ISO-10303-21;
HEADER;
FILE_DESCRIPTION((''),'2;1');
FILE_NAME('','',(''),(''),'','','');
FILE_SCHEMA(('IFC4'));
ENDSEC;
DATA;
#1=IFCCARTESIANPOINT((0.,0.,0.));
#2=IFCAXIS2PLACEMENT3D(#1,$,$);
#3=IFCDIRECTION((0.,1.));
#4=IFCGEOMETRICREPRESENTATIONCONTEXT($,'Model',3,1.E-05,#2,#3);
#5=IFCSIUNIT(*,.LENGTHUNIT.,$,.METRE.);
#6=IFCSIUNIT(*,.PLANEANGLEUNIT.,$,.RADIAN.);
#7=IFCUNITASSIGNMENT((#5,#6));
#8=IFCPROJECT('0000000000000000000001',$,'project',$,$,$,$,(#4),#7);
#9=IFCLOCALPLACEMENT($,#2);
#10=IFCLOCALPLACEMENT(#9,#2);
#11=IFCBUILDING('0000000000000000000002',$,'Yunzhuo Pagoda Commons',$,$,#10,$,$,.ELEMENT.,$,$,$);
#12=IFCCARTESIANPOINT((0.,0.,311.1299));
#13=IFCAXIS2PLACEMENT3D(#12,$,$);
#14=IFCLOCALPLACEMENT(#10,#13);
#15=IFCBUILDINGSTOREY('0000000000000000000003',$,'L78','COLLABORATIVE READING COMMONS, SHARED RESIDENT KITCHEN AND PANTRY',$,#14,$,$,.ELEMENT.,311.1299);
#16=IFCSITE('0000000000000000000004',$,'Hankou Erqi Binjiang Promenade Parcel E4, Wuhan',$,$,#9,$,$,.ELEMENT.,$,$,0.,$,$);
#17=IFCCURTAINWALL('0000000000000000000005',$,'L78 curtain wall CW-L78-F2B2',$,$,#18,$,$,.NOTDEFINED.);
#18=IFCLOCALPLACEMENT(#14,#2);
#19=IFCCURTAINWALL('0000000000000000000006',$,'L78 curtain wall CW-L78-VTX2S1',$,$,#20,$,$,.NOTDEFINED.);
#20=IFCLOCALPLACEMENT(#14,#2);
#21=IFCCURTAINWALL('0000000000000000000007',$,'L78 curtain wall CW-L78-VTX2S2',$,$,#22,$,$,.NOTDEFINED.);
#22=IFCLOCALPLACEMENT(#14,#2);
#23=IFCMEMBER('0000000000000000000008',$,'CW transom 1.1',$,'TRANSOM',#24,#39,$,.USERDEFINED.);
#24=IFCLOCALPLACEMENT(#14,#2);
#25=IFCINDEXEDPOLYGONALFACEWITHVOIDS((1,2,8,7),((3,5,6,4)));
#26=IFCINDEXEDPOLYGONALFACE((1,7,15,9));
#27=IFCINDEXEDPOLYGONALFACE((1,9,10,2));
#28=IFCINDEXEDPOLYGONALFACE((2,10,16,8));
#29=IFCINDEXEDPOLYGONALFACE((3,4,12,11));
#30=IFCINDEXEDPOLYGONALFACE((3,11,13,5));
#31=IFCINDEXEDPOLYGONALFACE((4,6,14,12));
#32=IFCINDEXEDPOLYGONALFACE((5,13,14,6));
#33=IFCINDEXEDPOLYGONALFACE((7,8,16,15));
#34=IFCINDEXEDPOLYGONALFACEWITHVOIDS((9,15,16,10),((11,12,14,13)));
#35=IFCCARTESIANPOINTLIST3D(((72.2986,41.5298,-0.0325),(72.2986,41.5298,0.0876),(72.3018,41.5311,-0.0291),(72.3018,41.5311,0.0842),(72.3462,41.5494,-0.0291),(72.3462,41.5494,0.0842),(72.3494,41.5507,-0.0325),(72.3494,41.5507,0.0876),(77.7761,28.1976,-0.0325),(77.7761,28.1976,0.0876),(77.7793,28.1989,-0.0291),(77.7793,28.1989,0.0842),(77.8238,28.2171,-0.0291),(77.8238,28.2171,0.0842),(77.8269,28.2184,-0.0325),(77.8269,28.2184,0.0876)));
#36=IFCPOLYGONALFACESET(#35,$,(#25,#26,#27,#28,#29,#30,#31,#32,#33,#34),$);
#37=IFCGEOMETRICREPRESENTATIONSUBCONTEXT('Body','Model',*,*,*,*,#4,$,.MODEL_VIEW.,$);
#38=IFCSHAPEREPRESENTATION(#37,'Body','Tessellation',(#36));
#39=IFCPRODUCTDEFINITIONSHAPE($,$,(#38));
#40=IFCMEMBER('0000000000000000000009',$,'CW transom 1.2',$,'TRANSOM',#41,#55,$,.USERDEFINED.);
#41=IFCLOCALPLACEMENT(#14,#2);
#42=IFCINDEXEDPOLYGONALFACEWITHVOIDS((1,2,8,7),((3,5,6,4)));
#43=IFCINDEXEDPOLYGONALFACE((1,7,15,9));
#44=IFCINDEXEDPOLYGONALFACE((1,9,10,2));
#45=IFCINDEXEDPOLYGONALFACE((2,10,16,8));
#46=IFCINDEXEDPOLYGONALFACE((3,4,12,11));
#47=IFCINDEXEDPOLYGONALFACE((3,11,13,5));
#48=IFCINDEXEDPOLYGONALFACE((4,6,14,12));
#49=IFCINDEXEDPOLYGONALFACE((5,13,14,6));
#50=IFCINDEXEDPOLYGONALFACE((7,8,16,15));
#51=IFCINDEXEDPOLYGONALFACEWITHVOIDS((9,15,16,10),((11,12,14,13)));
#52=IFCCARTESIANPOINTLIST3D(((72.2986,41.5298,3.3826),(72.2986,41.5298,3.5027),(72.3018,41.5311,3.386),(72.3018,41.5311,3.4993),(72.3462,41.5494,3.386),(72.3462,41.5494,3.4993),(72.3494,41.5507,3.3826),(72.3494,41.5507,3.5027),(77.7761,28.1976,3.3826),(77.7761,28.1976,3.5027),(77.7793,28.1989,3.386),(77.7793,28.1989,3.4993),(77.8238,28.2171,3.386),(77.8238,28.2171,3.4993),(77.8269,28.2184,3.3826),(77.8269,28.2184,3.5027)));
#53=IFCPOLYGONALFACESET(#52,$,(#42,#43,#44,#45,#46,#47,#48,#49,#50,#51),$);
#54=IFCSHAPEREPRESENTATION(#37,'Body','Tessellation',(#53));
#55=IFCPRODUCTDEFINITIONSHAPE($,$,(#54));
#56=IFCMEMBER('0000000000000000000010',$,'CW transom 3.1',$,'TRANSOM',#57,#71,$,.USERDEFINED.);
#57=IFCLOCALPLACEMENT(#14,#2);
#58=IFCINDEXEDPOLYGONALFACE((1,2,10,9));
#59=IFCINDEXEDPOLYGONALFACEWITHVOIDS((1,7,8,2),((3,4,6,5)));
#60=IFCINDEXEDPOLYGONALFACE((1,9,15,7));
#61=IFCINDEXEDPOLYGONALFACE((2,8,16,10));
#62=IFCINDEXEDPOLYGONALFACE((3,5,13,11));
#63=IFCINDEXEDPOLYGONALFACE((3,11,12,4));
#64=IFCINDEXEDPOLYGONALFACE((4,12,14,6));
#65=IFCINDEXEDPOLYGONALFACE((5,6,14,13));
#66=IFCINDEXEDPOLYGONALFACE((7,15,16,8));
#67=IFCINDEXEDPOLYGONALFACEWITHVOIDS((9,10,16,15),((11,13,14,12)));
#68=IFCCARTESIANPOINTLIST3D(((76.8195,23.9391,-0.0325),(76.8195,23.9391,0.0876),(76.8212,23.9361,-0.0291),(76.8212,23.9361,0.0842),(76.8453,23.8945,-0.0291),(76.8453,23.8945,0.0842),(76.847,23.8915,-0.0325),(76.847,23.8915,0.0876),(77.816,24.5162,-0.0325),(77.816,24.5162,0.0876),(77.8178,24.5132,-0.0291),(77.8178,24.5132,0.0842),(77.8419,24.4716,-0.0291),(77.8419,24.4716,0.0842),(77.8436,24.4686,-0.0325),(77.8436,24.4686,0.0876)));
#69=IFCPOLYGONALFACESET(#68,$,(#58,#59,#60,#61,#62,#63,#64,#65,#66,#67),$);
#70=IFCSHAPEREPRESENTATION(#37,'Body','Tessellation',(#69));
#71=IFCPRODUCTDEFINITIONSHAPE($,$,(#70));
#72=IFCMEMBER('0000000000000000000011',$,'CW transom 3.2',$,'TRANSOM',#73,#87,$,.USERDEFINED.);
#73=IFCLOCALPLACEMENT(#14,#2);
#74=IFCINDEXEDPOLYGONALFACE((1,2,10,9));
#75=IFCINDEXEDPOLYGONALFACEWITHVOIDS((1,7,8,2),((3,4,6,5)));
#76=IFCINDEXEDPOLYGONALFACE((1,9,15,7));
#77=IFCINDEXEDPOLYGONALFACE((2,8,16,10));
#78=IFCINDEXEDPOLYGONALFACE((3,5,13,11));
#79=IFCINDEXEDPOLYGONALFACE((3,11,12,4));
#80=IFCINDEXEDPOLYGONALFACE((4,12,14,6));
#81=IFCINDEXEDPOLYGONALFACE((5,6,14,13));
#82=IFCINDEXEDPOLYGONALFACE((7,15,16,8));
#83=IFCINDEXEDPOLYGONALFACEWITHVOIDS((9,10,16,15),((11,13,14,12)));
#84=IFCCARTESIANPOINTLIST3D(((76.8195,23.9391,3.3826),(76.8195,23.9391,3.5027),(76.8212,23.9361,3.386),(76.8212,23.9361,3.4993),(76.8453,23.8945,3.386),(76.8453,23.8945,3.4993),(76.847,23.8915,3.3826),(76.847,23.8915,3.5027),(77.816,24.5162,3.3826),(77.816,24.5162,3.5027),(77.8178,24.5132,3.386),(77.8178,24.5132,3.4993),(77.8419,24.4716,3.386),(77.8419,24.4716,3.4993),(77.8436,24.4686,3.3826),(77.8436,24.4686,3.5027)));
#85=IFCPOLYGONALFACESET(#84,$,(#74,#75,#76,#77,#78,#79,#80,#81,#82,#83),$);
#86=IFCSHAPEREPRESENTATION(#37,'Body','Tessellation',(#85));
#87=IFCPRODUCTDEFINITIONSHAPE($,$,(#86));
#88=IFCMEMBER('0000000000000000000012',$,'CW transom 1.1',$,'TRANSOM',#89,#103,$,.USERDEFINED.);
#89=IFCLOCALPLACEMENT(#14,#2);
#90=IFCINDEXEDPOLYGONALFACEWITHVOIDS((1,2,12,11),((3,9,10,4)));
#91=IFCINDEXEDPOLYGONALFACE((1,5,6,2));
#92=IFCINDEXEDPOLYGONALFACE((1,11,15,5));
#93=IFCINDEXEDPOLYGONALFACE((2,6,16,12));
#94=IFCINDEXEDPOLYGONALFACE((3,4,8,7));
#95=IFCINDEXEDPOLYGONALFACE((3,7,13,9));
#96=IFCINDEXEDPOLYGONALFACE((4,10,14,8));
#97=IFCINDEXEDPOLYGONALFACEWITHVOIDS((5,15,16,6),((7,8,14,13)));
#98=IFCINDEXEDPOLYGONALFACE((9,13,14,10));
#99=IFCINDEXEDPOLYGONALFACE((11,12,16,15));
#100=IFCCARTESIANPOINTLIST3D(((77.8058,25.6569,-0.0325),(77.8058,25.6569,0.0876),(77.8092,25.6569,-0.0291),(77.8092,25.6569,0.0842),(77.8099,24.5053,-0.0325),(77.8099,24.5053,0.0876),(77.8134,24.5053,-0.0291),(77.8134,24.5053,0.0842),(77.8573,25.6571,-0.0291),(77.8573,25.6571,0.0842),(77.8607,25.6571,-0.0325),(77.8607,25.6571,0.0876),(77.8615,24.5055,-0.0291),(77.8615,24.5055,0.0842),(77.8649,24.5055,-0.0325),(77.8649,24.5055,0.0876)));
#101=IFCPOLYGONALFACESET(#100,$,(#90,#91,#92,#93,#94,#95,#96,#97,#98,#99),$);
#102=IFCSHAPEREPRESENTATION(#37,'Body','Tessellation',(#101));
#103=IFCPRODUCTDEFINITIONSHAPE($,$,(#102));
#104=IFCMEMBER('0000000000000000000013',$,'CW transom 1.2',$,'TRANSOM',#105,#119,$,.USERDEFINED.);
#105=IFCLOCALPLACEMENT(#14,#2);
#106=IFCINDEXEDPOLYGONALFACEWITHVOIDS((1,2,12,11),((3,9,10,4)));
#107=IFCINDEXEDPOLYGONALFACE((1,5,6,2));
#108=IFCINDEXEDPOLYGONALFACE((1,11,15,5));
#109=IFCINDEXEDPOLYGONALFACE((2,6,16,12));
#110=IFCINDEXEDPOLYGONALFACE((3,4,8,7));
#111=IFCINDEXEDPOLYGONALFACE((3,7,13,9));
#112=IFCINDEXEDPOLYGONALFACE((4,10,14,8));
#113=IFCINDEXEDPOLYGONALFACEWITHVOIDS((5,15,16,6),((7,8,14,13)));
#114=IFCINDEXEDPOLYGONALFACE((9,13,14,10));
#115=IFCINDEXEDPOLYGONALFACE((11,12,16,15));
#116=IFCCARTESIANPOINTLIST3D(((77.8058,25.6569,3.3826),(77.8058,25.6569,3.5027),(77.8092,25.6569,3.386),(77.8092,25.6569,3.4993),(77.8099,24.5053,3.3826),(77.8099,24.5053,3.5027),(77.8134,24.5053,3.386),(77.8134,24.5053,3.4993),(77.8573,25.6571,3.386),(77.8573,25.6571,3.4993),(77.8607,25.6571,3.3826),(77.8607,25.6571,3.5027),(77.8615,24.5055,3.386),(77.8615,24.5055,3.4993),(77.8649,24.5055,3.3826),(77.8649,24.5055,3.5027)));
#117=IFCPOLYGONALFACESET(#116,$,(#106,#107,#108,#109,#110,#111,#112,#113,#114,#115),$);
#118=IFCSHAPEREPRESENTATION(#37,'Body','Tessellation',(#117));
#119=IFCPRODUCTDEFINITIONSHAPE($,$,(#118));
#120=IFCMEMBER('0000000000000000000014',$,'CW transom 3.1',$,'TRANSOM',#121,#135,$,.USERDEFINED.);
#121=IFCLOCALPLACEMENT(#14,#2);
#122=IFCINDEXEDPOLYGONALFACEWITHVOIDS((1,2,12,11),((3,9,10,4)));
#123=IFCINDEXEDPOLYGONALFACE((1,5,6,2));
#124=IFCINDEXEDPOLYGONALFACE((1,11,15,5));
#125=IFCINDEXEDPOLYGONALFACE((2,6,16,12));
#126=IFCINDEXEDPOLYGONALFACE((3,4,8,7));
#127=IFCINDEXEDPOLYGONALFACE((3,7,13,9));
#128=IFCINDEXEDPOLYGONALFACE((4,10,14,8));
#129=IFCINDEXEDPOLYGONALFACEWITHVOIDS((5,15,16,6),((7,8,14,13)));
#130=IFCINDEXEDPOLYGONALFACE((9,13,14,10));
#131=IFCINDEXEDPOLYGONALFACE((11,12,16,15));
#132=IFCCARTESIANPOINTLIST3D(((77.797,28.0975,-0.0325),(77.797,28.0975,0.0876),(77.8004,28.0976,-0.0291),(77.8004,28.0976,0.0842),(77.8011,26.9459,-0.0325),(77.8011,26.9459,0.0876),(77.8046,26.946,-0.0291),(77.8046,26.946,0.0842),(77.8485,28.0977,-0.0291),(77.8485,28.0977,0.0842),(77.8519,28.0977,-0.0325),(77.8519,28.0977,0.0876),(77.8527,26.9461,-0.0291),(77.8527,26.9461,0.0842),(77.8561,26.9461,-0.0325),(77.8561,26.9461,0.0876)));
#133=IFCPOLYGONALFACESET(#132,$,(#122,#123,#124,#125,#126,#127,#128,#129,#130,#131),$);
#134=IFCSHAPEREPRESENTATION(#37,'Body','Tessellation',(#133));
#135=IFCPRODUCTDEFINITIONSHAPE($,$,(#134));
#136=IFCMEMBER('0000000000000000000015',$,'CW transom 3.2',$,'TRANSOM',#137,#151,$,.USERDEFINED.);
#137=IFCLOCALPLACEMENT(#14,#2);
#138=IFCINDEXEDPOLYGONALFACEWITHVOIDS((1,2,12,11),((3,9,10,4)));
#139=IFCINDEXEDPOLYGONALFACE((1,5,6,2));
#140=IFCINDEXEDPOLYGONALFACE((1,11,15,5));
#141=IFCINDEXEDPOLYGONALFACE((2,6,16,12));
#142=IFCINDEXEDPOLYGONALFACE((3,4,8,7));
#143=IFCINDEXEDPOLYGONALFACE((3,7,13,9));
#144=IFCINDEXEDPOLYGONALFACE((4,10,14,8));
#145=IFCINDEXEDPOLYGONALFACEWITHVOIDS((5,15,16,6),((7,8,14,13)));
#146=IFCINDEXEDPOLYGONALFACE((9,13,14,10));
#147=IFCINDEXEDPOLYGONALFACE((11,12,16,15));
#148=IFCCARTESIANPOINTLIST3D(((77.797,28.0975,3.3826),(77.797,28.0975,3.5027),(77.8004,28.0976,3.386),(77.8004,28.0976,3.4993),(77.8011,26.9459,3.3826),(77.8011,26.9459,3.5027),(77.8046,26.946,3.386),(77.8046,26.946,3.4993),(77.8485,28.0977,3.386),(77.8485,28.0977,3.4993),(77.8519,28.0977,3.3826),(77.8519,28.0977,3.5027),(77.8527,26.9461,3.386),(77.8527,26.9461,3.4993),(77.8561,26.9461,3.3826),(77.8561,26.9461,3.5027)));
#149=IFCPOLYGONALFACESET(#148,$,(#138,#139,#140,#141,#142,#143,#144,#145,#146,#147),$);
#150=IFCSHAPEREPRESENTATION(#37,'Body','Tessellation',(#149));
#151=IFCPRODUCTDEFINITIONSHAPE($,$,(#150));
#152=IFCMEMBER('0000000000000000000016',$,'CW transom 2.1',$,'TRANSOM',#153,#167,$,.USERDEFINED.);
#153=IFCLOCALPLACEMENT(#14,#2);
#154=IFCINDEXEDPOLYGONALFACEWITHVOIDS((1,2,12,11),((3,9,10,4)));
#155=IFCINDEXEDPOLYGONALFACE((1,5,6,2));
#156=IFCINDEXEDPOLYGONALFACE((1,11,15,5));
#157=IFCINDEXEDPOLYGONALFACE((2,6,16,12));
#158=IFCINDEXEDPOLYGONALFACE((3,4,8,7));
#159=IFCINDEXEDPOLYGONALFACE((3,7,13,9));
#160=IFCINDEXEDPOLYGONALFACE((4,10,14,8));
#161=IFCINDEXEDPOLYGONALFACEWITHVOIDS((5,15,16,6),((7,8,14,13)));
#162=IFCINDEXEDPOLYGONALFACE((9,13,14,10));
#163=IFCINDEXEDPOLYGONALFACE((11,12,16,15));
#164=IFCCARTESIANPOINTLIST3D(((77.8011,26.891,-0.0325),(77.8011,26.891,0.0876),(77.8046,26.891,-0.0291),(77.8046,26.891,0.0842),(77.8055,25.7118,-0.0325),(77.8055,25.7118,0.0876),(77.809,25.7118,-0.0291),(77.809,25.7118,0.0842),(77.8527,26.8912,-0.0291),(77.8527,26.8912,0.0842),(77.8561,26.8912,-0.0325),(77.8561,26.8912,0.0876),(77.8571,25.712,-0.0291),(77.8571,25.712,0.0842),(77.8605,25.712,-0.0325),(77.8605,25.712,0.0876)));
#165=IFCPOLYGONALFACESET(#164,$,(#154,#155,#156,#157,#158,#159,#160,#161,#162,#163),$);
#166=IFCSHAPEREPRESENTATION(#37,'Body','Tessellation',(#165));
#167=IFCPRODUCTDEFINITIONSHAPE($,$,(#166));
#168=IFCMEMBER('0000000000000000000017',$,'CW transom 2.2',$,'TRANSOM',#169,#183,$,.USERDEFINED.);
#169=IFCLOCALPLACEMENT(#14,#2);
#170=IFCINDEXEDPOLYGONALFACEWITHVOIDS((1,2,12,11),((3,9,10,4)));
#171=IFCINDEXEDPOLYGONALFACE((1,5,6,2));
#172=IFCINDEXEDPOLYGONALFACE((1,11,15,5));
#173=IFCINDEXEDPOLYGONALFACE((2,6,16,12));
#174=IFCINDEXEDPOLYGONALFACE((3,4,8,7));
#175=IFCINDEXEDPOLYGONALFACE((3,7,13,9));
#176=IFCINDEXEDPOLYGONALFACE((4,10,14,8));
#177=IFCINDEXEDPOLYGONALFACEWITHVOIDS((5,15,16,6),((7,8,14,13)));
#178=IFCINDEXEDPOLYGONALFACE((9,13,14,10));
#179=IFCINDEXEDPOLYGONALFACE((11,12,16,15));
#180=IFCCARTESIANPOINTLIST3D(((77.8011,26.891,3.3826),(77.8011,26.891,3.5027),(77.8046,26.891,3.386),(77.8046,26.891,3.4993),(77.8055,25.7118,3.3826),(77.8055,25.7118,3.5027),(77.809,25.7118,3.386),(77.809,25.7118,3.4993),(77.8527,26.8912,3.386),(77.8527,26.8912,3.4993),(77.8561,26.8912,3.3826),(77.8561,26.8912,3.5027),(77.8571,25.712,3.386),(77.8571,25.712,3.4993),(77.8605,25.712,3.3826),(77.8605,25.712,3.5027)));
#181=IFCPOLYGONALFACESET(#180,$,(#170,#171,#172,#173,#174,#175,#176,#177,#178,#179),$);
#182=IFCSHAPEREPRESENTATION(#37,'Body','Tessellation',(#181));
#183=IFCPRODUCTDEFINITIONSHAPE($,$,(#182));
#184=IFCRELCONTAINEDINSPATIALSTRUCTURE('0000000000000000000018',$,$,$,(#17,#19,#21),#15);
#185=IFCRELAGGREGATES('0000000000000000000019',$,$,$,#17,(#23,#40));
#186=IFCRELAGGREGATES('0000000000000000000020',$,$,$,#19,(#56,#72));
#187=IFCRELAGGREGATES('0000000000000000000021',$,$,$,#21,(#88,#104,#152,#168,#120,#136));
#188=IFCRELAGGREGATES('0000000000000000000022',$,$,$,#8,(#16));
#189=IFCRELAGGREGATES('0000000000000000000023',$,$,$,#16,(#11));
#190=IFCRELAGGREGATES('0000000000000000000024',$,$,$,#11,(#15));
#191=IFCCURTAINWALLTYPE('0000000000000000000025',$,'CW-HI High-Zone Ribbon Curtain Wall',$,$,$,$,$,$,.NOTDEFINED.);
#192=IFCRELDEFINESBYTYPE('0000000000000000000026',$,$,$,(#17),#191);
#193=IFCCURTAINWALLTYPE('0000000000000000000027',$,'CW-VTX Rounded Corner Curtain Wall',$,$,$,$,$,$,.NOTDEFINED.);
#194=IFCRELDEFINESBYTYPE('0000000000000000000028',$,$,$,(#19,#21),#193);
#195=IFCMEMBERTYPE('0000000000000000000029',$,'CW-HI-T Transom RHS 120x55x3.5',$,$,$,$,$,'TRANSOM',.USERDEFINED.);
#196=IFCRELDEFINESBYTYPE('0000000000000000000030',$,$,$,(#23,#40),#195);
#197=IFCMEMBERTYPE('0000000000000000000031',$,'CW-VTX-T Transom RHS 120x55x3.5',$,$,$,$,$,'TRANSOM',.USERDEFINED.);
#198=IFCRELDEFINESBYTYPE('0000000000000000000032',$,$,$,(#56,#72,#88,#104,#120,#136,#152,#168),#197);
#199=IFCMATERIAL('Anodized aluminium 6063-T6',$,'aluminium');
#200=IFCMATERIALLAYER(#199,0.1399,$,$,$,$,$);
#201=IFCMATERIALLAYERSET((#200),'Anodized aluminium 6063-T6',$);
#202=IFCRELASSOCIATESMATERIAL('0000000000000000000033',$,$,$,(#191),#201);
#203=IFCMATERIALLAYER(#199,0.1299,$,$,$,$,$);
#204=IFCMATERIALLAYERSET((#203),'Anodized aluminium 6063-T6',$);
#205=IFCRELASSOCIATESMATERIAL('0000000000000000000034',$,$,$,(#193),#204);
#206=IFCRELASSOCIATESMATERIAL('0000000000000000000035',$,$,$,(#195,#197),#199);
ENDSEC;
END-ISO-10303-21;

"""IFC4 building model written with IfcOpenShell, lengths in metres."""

from ifc_helpers import new_model, si_unit, direction, frame, origin, origin_2d, place, context, subcontext, project, spatial, hollow_rectangle, extrude, source, transform, mapped, material, layer, layer_set, material_profile, profile_set, type_object, element, aggregate, save


model = new_model("IFC4")

# Units and contexts
model_context = context("Model", 3, precision=1e-05, world=origin(), true_north=direction((0.0, 1.0)))
body_context = subcontext(model_context, "Body", "Model", "MODEL_VIEW")
ifc_project = project(units=[si_unit("LENGTHUNIT", "METRE"), si_unit("PLANEANGLEUNIT", "RADIAN")], contexts=[model_context])

# Site, building, storey
site_placement = place(None, origin())
site = spatial("IfcSite", under=ifc_project, at=site_placement, Name="Hankou Erqi Binjiang Promenade Parcel E4, Wuhan", CompositionType="ELEMENT", RefElevation=0.0)
building_placement = place(site_placement, origin())
building = spatial("IfcBuilding", under=site, at=building_placement, Name="Yunzhuo Pagoda Commons", CompositionType="ELEMENT")
storey_placement = place(building_placement, frame((0.0, 0.0, 311.1299)))
storey = spatial("IfcBuildingStorey", under=building, at=storey_placement, Name="L78", Description="COLLABORATIVE READING COMMONS, SHARED RESIDENT KITCHEN AND PANTRY", CompositionType="ELEMENT", Elevation=311.1299)

# Curtain walls
ifc_material_1 = material(Name="Anodized aluminium 6063-T6", Category="aluminium")
ifc_layer_1 = layer(ifc_material_1, 0.1399)
ifc_layer_set_1 = layer_set([ifc_layer_1], Name="Anodized aluminium 6063-T6")
curtain_wall_type_1 = type_object("IfcCurtainWallType", Name="CW-HI High-Zone Ribbon Curtain Wall", PredefinedType="NOTDEFINED", material=ifc_layer_set_1)
curtain_wall_1_placement = place(storey_placement, origin())
curtain_wall_1 = element("IfcCurtainWall", 1, at=curtain_wall_1_placement, inside=storey, type_object=curtain_wall_type_1, Name="L78 curtain wall CW-L78-F2B2", PredefinedType="NOTDEFINED")
ifc_layer_2 = layer(ifc_material_1, 0.1299)
ifc_layer_set_2 = layer_set([ifc_layer_2], Name="Anodized aluminium 6063-T6")
curtain_wall_type_2 = type_object("IfcCurtainWallType", Name="CW-VTX Rounded Corner Curtain Wall", PredefinedType="NOTDEFINED", material=ifc_layer_set_2)
curtain_wall_2_placement = place(storey_placement, origin())
curtain_wall_2 = element("IfcCurtainWall", 2, at=curtain_wall_2_placement, inside=storey, type_object=curtain_wall_type_2, Name="L78 curtain wall CW-L78-VTX2S1", PredefinedType="NOTDEFINED")

# Curtain wall
curtain_wall_3_placement = place(storey_placement, origin())
curtain_wall_3 = element("IfcCurtainWall", 3, at=curtain_wall_3_placement, inside=storey, type_object=curtain_wall_type_2, Name="L78 curtain wall CW-L78-VTX2S2", PredefinedType="NOTDEFINED")

# Members
ifc_material_profile_1 = material_profile(ifc_material_1, hollow_rectangle(XDim=0.0549, YDim=0.1201, WallThickness=0.0034, at=origin_2d()), Name="Anodized aluminium 6063-T6")
ifc_profile_set_1 = profile_set([ifc_material_profile_1], Name="Anodized aluminium 6063-T6")
member_type_1 = type_object("IfcMemberType", Name="CW-HI-T Transom RHS 120x55x3.5", ElementType="TRANSOM", PredefinedType="USERDEFINED", material=ifc_profile_set_1)
shared_shape_1 = source(origin(), body_context, "Body", "SweptSolid", [
    extrude(hollow_rectangle(XDim=0.0549, YDim=0.1201, WallThickness=0.0034, at=origin_2d()), origin(), (0.0, 0.0, 1.0), 14.4136),
])
member_1_placement = place(storey_placement, frame((77.8015, 28.208, 0.0276), z_axis=(-0.380025, 0.924976, 0.0), x_axis=(-0.924976, -0.380025, 0.0)))
member_1 = element("IfcMember", 4, at=member_1_placement, type_object=member_type_1, Name="CW transom 1.1", ObjectType="TRANSOM", PredefinedType="USERDEFINED", context=body_context, shape_type="MappedRepresentation", body=[
    mapped(shared_shape_1, transform((0.0, 0.0, 0.0), scale=1.0)),
])
member_2_placement = place(storey_placement, frame((77.8015, 28.208, 3.4426), z_axis=(-0.380025, 0.924976, 0.0), x_axis=(-0.924976, -0.380025, 0.0)))
member_2 = element("IfcMember", 5, at=member_2_placement, type_object=member_type_1, Name="CW transom 1.2", ObjectType="TRANSOM", PredefinedType="USERDEFINED", context=body_context, shape_type="MappedRepresentation", body=[
    mapped(shared_shape_1, transform((0.0, 0.0, 0.0), scale=1.0)),
])
ifc_material_profile_2 = material_profile(ifc_material_1, hollow_rectangle(XDim=0.0549, YDim=0.1201, WallThickness=0.0034, at=origin_2d()), Name="Anodized aluminium 6063-T6")
ifc_profile_set_2 = profile_set([ifc_material_profile_2], Name="Anodized aluminium 6063-T6")
member_type_2 = type_object("IfcMemberType", Name="CW-VTX-T Transom RHS 120x55x3.5", ElementType="TRANSOM", PredefinedType="USERDEFINED", material=ifc_profile_set_2)
shared_shape_2 = source(origin(), body_context, "Body", "SweptSolid", [
    extrude(hollow_rectangle(XDim=0.0549, YDim=0.1201, WallThickness=0.0034, at=origin_2d()), origin(), (0.0, 0.0, 1.0), 1.1516),
])
member_3_placement = place(storey_placement, frame((76.8333, 23.9153, 0.0276), z_axis=(0.865359, 0.501153, 0.0), x_axis=(-0.501153, 0.865359, 0.0)))
member_3 = element("IfcMember", 6, at=member_3_placement, type_object=member_type_2, Name="CW transom 3.1", ObjectType="TRANSOM", PredefinedType="USERDEFINED", context=body_context, shape_type="MappedRepresentation", body=[
    mapped(shared_shape_2, transform((0.0, 0.0, 0.0), scale=1.0)),
])
member_4_placement = place(storey_placement, frame((76.8333, 23.9153, 3.4426), z_axis=(0.865359, 0.501153, 0.0), x_axis=(-0.501153, 0.865359, 0.0)))
member_4 = element("IfcMember", 7, at=member_4_placement, type_object=member_type_2, Name="CW transom 3.2", ObjectType="TRANSOM", PredefinedType="USERDEFINED", context=body_context, shape_type="MappedRepresentation", body=[
    mapped(shared_shape_2, transform((0.0, 0.0, 0.0), scale=1.0)),
])
member_5_placement = place(storey_placement, frame((77.8374, 24.5054, 0.0276), z_axis=(-0.003604, 0.999994, 0.0), x_axis=(-0.999994, -0.003604, 0.0)))
member_5 = element("IfcMember", 8, at=member_5_placement, type_object=member_type_2, Name="CW transom 1.1", ObjectType="TRANSOM", PredefinedType="USERDEFINED", context=body_context, shape_type="MappedRepresentation", body=[
    mapped(shared_shape_2, transform((0.0, 0.0, 0.0), scale=1.0)),
])
member_6_placement = place(storey_placement, frame((77.8374, 24.5054, 3.4426), z_axis=(-0.003604, 0.999994, 0.0), x_axis=(-0.999994, -0.003604, 0.0)))
member_6 = element("IfcMember", 9, at=member_6_placement, type_object=member_type_2, Name="CW transom 1.2", ObjectType="TRANSOM", PredefinedType="USERDEFINED", context=body_context, shape_type="MappedRepresentation", body=[
    mapped(shared_shape_2, transform((0.0, 0.0, 0.0), scale=1.0)),
])
member_7_placement = place(storey_placement, frame((77.8286, 26.946, 0.0276), z_axis=(-0.003604, 0.999994, 0.0), x_axis=(-0.999994, -0.003604, 0.0)))
member_7 = element("IfcMember", 10, at=member_7_placement, type_object=member_type_2, Name="CW transom 3.1", ObjectType="TRANSOM", PredefinedType="USERDEFINED", context=body_context, shape_type="MappedRepresentation", body=[
    mapped(shared_shape_2, transform((0.0, 0.0, 0.0), scale=1.0)),
])
member_8_placement = place(storey_placement, frame((77.8286, 26.946, 3.4426), z_axis=(-0.003604, 0.999994, 0.0), x_axis=(-0.999994, -0.003604, 0.0)))
member_8 = element("IfcMember", 11, at=member_8_placement, type_object=member_type_2, Name="CW transom 3.2", ObjectType="TRANSOM", PredefinedType="USERDEFINED", context=body_context, shape_type="MappedRepresentation", body=[
    mapped(shared_shape_2, transform((0.0, 0.0, 0.0), scale=1.0)),
])
shared_shape_3 = source(origin(), body_context, "Body", "SweptSolid", [
    extrude(hollow_rectangle(XDim=0.0549, YDim=0.1201, WallThickness=0.0034, at=origin_2d()), origin(), (0.0, 0.0, 1.0), 1.1792),
])
member_9_placement = place(storey_placement, frame((77.833, 25.7119, 0.0276), z_axis=(-0.003727, 0.999993, 0.0), x_axis=(-0.999993, -0.003727, 0.0)))
member_9 = element("IfcMember", 12, at=member_9_placement, type_object=member_type_2, Name="CW transom 2.1", ObjectType="TRANSOM", PredefinedType="USERDEFINED", context=body_context, shape_type="MappedRepresentation", body=[
    mapped(shared_shape_3, transform((0.0, 0.0, 0.0), scale=1.0)),
])
member_10_placement = place(storey_placement, frame((77.833, 25.7119, 3.4426), z_axis=(-0.003727, 0.999993, 0.0), x_axis=(-0.999993, -0.003727, 0.0)))
member_10 = element("IfcMember", 13, at=member_10_placement, type_object=member_type_2, Name="CW transom 2.2", ObjectType="TRANSOM", PredefinedType="USERDEFINED", context=body_context, shape_type="MappedRepresentation", body=[
    mapped(shared_shape_3, transform((0.0, 0.0, 0.0), scale=1.0)),
])

aggregate(curtain_wall_1, [member_1, member_2])
aggregate(curtain_wall_2, [member_3, member_4])
aggregate(curtain_wall_3, [member_5, member_6, member_9, member_10, member_7, member_8])

save(model, "model.ifc")
